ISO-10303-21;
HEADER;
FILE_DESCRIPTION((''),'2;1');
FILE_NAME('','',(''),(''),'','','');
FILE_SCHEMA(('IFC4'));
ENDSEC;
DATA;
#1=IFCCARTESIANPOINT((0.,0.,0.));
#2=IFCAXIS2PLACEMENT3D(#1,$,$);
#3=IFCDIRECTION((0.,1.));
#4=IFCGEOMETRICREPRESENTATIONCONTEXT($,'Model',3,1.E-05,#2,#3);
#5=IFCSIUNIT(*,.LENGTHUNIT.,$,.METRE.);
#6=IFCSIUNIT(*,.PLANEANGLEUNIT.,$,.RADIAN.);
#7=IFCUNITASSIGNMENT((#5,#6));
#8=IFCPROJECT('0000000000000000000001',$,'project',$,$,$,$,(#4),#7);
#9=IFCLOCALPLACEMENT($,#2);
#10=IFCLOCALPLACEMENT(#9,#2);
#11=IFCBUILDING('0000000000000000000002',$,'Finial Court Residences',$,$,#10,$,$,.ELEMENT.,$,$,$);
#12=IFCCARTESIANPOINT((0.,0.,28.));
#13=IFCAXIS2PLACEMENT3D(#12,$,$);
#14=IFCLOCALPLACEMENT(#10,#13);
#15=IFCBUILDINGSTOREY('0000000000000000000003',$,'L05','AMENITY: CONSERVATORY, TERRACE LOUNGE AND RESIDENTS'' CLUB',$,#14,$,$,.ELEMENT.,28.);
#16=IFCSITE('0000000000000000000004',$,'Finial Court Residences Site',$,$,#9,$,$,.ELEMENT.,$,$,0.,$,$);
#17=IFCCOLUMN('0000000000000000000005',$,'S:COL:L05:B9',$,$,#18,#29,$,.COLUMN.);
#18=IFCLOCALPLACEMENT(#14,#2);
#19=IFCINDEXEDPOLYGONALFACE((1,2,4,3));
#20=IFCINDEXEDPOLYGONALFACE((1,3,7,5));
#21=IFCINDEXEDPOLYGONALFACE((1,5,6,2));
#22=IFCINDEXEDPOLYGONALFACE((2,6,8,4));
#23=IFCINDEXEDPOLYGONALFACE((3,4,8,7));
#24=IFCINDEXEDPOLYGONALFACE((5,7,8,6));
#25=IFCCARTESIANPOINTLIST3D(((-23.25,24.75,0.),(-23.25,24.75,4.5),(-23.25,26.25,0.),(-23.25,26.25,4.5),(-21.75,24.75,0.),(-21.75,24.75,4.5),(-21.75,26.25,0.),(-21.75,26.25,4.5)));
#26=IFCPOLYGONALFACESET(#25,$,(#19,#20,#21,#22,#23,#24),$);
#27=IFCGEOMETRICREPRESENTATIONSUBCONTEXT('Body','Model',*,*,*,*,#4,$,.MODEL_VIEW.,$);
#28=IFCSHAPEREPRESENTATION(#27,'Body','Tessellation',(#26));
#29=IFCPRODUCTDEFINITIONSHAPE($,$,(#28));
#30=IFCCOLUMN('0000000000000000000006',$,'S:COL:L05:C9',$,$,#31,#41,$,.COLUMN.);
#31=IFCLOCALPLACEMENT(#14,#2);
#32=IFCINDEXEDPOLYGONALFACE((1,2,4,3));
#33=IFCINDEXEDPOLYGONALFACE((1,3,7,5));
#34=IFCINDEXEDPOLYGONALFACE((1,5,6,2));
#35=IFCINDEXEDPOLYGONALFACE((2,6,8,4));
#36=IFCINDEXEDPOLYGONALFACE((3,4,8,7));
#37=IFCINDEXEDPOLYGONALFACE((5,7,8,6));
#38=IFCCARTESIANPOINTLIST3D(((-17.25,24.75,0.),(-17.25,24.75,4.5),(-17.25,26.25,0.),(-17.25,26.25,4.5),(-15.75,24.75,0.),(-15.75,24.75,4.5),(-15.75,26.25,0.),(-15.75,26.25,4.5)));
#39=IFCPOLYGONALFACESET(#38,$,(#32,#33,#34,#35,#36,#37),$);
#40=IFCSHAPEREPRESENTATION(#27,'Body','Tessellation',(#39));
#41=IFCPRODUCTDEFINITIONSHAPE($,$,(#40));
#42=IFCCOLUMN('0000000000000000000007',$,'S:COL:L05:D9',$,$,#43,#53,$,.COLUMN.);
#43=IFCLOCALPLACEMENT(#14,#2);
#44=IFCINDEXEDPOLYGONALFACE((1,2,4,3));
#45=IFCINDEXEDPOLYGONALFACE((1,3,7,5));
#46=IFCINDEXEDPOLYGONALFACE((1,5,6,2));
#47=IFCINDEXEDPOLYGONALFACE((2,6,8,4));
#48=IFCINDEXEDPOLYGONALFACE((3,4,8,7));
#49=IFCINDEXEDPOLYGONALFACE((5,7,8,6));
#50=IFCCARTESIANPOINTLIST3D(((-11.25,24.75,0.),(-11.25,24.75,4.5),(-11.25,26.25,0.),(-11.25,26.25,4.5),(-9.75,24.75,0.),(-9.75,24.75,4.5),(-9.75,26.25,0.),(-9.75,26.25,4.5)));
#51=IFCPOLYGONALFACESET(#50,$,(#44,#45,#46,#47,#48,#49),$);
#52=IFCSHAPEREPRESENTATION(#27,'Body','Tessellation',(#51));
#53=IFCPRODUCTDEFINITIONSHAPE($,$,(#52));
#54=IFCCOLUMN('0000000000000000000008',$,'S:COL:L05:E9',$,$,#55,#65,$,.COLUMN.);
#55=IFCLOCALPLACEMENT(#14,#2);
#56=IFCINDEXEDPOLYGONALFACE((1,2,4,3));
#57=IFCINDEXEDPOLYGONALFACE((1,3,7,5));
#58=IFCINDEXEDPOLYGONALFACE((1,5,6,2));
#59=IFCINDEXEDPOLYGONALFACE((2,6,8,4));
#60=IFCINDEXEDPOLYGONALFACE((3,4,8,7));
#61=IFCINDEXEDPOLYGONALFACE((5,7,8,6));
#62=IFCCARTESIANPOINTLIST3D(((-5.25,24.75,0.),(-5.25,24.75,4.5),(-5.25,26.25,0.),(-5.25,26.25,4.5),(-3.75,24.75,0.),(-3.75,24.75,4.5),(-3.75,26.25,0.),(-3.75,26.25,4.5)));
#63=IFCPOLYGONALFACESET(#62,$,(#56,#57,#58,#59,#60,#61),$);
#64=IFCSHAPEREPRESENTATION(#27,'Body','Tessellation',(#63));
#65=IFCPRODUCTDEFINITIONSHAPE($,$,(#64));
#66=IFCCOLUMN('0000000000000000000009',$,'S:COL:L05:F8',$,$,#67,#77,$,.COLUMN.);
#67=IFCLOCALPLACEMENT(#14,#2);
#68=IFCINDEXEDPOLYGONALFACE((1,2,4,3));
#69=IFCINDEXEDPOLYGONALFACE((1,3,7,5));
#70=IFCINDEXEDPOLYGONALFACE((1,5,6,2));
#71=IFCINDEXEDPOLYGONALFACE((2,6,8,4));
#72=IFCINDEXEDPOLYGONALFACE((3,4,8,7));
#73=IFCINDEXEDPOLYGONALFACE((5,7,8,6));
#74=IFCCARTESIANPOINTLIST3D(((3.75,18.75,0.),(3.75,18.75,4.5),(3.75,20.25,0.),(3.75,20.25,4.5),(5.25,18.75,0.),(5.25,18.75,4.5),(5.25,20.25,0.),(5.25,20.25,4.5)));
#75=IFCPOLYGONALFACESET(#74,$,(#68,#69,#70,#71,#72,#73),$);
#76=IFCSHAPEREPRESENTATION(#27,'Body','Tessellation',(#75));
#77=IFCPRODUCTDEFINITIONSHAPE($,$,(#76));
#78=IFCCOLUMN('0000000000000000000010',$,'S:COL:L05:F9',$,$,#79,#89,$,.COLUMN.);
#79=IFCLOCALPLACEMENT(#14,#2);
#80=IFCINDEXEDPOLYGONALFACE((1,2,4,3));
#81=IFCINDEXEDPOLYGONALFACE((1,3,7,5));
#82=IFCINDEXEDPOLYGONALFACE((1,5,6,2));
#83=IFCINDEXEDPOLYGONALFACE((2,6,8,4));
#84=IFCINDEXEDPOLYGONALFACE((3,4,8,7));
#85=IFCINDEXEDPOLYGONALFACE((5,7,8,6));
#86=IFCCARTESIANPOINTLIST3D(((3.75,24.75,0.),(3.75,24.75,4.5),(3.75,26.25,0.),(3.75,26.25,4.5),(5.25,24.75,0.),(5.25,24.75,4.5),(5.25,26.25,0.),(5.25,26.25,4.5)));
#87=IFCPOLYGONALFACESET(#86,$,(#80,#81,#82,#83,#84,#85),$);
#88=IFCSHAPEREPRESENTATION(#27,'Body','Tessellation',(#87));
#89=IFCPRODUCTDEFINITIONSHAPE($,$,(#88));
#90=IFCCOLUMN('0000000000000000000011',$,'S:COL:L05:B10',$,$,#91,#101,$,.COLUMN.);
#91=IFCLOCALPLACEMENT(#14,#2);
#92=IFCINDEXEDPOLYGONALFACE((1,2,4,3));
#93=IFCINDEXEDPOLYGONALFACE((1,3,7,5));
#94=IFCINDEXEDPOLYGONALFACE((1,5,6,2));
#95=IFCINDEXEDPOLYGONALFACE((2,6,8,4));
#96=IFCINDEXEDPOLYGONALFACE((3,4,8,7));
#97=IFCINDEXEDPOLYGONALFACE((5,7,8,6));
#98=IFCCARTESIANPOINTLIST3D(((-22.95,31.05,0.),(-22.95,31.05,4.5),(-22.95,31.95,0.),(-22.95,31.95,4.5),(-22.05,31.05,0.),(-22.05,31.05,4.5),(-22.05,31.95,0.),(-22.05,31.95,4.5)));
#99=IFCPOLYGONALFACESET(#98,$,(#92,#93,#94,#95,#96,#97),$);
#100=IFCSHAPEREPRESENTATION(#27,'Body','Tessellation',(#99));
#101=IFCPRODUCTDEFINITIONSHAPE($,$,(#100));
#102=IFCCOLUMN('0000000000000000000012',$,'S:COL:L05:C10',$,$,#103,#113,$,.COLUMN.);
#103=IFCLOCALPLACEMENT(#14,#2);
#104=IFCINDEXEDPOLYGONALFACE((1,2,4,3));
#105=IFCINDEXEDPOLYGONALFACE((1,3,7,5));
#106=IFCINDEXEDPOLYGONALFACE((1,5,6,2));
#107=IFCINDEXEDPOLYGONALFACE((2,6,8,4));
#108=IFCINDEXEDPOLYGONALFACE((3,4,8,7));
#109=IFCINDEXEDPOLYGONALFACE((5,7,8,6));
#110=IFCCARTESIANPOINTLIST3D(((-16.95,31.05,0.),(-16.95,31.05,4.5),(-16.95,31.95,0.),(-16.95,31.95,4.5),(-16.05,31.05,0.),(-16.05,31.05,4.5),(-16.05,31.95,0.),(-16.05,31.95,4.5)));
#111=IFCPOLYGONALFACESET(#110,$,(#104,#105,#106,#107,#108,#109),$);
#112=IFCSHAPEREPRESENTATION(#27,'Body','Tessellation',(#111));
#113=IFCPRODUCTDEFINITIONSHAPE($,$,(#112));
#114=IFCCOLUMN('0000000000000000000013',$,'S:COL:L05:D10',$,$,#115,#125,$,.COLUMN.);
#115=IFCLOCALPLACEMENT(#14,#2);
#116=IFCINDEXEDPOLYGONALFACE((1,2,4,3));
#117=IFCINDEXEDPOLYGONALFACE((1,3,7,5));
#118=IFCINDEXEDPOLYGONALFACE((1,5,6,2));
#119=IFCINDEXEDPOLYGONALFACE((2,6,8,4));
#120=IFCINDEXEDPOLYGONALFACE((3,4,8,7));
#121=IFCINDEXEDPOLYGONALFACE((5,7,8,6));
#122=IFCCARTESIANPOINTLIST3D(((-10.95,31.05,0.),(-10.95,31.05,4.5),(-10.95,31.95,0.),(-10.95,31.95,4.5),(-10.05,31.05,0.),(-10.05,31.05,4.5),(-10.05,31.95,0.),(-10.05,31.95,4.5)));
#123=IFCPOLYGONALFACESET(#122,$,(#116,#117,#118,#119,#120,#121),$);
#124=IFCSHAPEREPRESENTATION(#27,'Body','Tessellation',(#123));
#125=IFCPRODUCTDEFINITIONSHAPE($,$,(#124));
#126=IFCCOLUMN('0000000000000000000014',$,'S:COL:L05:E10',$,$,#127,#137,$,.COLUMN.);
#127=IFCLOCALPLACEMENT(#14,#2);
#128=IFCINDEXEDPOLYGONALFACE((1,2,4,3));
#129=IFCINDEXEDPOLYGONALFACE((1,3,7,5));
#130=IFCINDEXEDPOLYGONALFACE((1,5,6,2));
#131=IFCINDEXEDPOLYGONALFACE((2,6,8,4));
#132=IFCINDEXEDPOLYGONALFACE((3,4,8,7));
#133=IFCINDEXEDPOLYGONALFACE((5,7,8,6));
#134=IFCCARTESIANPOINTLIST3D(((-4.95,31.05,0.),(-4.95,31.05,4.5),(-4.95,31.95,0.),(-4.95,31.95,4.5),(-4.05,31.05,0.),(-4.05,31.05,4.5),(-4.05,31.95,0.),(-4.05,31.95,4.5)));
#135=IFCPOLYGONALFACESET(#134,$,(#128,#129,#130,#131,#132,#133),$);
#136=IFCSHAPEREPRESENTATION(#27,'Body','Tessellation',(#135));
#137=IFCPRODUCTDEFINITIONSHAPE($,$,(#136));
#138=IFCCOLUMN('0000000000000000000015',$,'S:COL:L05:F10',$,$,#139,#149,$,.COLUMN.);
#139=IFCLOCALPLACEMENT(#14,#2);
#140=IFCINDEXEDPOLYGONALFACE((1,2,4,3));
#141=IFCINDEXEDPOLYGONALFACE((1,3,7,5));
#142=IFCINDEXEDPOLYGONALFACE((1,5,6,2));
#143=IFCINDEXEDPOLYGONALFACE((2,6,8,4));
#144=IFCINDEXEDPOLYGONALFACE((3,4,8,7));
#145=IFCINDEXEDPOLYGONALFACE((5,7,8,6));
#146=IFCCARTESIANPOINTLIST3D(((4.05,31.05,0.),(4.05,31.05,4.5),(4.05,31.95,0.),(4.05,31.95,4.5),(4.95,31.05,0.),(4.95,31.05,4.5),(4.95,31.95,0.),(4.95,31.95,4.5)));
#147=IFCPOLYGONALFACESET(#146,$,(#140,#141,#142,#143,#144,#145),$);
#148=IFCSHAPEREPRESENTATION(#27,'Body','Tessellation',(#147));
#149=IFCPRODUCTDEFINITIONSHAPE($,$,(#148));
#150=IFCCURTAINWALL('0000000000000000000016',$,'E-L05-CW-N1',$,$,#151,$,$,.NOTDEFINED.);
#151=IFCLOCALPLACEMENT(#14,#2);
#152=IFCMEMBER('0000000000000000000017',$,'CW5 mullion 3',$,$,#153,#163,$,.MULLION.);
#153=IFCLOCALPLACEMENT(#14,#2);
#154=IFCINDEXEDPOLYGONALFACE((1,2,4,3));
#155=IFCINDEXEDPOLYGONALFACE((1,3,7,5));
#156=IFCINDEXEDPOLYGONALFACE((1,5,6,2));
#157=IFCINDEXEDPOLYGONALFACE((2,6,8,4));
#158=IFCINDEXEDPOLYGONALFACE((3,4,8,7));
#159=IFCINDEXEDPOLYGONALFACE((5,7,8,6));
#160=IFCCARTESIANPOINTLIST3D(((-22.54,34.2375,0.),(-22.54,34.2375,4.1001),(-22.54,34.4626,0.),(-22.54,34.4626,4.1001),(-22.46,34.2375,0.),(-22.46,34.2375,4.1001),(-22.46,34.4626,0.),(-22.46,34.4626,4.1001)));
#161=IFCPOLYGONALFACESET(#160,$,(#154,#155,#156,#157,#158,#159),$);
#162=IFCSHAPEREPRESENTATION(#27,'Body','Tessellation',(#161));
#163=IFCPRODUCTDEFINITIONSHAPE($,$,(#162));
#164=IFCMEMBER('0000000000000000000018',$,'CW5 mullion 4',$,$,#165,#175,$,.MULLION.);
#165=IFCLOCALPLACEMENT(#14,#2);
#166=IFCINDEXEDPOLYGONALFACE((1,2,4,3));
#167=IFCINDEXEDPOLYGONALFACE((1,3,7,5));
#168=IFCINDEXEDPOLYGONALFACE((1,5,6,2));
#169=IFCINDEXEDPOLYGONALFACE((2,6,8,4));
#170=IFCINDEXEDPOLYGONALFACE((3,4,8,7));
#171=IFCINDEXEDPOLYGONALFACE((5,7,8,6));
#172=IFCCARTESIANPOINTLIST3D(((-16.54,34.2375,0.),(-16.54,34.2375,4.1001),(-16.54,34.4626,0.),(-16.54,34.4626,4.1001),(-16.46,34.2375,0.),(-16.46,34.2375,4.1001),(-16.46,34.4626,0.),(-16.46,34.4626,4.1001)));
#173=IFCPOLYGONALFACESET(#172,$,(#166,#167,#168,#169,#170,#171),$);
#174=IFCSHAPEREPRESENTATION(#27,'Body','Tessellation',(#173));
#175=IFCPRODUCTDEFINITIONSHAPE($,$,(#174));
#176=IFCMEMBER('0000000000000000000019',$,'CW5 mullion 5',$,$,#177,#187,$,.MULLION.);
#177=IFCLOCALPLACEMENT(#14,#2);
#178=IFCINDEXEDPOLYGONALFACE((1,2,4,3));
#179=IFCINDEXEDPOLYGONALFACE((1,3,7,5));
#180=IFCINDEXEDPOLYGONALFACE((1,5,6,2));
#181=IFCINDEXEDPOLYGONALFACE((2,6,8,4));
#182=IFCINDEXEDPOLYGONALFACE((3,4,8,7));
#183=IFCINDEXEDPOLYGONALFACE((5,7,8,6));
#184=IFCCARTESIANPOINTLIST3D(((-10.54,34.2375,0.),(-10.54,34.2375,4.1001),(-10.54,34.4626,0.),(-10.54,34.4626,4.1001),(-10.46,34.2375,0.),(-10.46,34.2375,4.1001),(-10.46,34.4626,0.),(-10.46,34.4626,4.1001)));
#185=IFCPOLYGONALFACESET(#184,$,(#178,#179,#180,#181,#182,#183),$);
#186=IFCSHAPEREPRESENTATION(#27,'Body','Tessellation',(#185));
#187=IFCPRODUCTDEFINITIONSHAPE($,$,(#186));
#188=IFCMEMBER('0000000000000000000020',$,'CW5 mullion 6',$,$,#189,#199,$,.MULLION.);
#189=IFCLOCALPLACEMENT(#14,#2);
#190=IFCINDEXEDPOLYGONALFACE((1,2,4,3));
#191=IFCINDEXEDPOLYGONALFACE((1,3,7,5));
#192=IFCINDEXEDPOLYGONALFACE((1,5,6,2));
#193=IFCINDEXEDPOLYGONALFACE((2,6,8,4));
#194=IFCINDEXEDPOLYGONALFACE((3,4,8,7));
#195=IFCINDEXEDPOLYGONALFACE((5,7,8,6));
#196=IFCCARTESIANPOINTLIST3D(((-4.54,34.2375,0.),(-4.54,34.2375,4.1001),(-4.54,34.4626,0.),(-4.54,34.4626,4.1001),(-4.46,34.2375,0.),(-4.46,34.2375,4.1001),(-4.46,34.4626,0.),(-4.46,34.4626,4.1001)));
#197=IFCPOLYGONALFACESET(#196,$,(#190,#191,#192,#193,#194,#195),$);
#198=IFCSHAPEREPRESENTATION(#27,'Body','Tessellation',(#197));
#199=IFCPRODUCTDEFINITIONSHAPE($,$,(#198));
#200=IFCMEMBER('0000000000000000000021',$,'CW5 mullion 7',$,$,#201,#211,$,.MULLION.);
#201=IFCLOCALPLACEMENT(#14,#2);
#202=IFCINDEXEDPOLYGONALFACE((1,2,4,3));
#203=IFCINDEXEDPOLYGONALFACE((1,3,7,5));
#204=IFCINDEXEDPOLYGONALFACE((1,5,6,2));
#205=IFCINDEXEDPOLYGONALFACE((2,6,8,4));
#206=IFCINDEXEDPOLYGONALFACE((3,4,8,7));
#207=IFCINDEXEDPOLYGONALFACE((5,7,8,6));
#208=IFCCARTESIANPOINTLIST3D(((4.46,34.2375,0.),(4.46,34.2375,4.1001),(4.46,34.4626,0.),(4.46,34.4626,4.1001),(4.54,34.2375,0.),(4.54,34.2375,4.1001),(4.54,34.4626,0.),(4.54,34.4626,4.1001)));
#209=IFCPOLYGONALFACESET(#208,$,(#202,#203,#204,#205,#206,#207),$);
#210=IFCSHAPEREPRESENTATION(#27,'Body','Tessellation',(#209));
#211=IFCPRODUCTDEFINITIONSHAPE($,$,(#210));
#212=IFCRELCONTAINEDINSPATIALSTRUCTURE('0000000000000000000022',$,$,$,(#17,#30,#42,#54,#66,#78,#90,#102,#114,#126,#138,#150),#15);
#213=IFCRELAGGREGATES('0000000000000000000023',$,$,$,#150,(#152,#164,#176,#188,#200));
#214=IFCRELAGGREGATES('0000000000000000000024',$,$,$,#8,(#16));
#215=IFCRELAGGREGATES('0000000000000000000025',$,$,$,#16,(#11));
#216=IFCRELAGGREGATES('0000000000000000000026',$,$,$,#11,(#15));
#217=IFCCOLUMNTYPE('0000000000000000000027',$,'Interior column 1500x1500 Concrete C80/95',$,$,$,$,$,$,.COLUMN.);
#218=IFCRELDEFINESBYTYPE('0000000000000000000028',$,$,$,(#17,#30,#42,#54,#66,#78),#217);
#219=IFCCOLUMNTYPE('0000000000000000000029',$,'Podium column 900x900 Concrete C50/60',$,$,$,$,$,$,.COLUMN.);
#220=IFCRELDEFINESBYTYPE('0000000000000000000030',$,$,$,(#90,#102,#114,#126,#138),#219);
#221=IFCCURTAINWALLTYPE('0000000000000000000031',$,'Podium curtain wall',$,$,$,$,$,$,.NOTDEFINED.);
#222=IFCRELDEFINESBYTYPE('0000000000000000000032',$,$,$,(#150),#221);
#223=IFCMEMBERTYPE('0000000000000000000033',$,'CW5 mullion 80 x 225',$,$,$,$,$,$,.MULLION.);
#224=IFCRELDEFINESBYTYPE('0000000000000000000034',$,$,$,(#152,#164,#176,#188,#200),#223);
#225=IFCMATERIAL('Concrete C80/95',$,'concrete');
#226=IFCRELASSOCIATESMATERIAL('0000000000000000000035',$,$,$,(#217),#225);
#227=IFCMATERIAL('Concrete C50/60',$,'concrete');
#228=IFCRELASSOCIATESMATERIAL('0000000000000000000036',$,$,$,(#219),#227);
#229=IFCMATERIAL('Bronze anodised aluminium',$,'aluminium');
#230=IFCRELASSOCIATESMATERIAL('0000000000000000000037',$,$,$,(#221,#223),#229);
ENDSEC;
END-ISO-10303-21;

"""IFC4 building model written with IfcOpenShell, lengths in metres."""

from ifc_helpers import new_model, si_unit, direction, frame, origin, origin_2d, place, context, subcontext, project, spatial, rectangle, extrude, material, material_profile, profile_set, type_object, element, aggregate, save


model = new_model("IFC4")

# Units and contexts
model_context = context("Model", 3, precision=1e-05, world=origin(), true_north=direction((0.0, 1.0)))
body_context = subcontext(model_context, "Body", "Model", "MODEL_VIEW")
ifc_project = project(units=[si_unit("LENGTHUNIT", "METRE"), si_unit("PLANEANGLEUNIT", "RADIAN")], contexts=[model_context])

# Site, building, storey
site_placement = place(None, origin())
site = spatial("IfcSite", under=ifc_project, at=site_placement, Name="Finial Court Residences Site", CompositionType="ELEMENT", RefElevation=0.0)
building_placement = place(site_placement, origin())
building = spatial("IfcBuilding", under=site, at=building_placement, Name="Finial Court Residences", CompositionType="ELEMENT")
storey_placement = place(building_placement, frame((0.0, 0.0, 28.0)))
storey = spatial("IfcBuildingStorey", under=building, at=storey_placement, Name="L05", Description="AMENITY: CONSERVATORY, TERRACE LOUNGE AND RESIDENTS' CLUB", CompositionType="ELEMENT", Elevation=28.0)

# Columns
ifc_material_1 = material(Name="Concrete C80/95", Category="concrete")
ifc_material_profile_1 = material_profile(ifc_material_1, rectangle(XDim=1.5, YDim=1.5, at=origin_2d()), Name="1500x1500")
ifc_profile_set_1 = profile_set([ifc_material_profile_1], Name="Concrete C80/95")
column_type_1 = type_object("IfcColumnType", Name="Interior column 1500x1500 Concrete C80/95", PredefinedType="COLUMN", material=ifc_profile_set_1)
for number, where, z_axis, x_axis, name in (
    (1, (-22.5, 25.5, 0.0), (0.0, 0.0, 1.0), (1.0, 0.0, 0.0), "S:COL:L05:B9"),
    (2, (-16.5, 25.5, 0.0), (0.0, 0.0, 1.0), (1.0, 0.0, 0.0), "S:COL:L05:C9"),
    (3, (-10.5, 25.5, 0.0), (0.0, 0.0, 1.0), (1.0, 0.0, 0.0), "S:COL:L05:D9"),
    (4, (-4.5, 25.5, 0.0), (0.0, 0.0, 1.0), (1.0, 0.0, 0.0), "S:COL:L05:E9"),
    (5, (4.5, 19.5, 0.0), (0.0, 0.0, 1.0), (1.0, 0.0, 0.0), "S:COL:L05:F8"),
    (6, (4.5, 25.5, 0.0), (0.0, 0.0, 1.0), (1.0, 0.0, 0.0), "S:COL:L05:F9"),
):
    element("IfcColumn", number, at=place(storey_placement, frame(where, z_axis=z_axis, x_axis=x_axis)), inside=storey, type_object=column_type_1, Name=name, PredefinedType="COLUMN", context=body_context, shape_type="SweptSolid", body=[
        extrude(rectangle(XDim=1.5, YDim=1.5, at=origin_2d()), origin(), (0.0, 0.0, 1.0), 4.5),
    ])
ifc_material_2 = material(Name="Concrete C50/60", Category="concrete")
ifc_material_profile_2 = material_profile(ifc_material_2, rectangle(XDim=0.8999, YDim=0.8999, at=origin_2d()), Name="900x900")
ifc_profile_set_2 = profile_set([ifc_material_profile_2], Name="Concrete C50/60")
column_type_2 = type_object("IfcColumnType", Name="Podium column 900x900 Concrete C50/60", PredefinedType="COLUMN", material=ifc_profile_set_2)
for number, where, z_axis, x_axis, name in (
    (7, (-22.5, 31.5, 0.0), (0.0, 0.0, 1.0), (1.0, 0.0, 0.0), "S:COL:L05:B10"),
    (8, (-16.5, 31.5, 0.0), (0.0, 0.0, 1.0), (1.0, 0.0, 0.0), "S:COL:L05:C10"),
    (9, (-10.5, 31.5, 0.0), (0.0, 0.0, 1.0), (1.0, 0.0, 0.0), "S:COL:L05:D10"),
    (10, (-4.5, 31.5, 0.0), (0.0, 0.0, 1.0), (1.0, 0.0, 0.0), "S:COL:L05:E10"),
    (11, (4.5, 31.5, 0.0), (0.0, 0.0, 1.0), (1.0, 0.0, 0.0), "S:COL:L05:F10"),
):
    element("IfcColumn", number, at=place(storey_placement, frame(where, z_axis=z_axis, x_axis=x_axis)), inside=storey, type_object=column_type_2, Name=name, PredefinedType="COLUMN", context=body_context, shape_type="SweptSolid", body=[
        extrude(rectangle(XDim=0.8999, YDim=0.8999, at=origin_2d()), origin(), (0.0, 0.0, 1.0), 4.5),
    ])

# Curtain wall, members
ifc_material_3 = material(Name="Bronze anodised aluminium", Category="aluminium")
curtain_wall_type = type_object("IfcCurtainWallType", Name="Podium curtain wall", PredefinedType="NOTDEFINED", material=ifc_material_3)
curtain_wall_placement = place(storey_placement, origin())
curtain_wall = element("IfcCurtainWall", 12, at=curtain_wall_placement, inside=storey, type_object=curtain_wall_type, Name="E-L05-CW-N1", PredefinedType="NOTDEFINED")
ifc_material_profile_3 = material_profile(ifc_material_3, rectangle(XDim=0.2251, YDim=0.0801, at=origin_2d()), Name="CW5 mullion 80 x 225")
ifc_profile_set_3 = profile_set([ifc_material_profile_3], Name="Bronze anodised aluminium")
member_type_1 = type_object("IfcMemberType", Name="CW5 mullion 80 x 225", PredefinedType="MULLION", material=ifc_profile_set_3)
member_1_placement = place(storey_placement, frame((-22.5, 34.3501, 0.0), z_axis=(0.0, 0.0, 1.0), x_axis=(0.0, 1.0, 0.0)))
member_1 = element("IfcMember", 13, at=member_1_placement, type_object=member_type_1, Name="CW5 mullion 3", PredefinedType="MULLION", context=body_context, shape_type="SweptSolid", body=[
    extrude(rectangle(XDim=0.2251, YDim=0.0801, at=origin_2d()), origin(), (0.0, 0.0, 1.0), 4.1001),
])
member_2_placement = place(storey_placement, frame((-16.5, 34.3501, 0.0), z_axis=(0.0, 0.0, 1.0), x_axis=(0.0, 1.0, 0.0)))
member_2 = element("IfcMember", 14, at=member_2_placement, type_object=member_type_1, Name="CW5 mullion 4", PredefinedType="MULLION", context=body_context, shape_type="SweptSolid", body=[
    extrude(rectangle(XDim=0.2251, YDim=0.0801, at=origin_2d()), origin(), (0.0, 0.0, 1.0), 4.1001),
])
member_3_placement = place(storey_placement, frame((-10.5, 34.3501, 0.0), z_axis=(0.0, 0.0, 1.0), x_axis=(0.0, 1.0, 0.0)))
member_3 = element("IfcMember", 15, at=member_3_placement, type_object=member_type_1, Name="CW5 mullion 5", PredefinedType="MULLION", context=body_context, shape_type="SweptSolid", body=[
    extrude(rectangle(XDim=0.2251, YDim=0.0801, at=origin_2d()), origin(), (0.0, 0.0, 1.0), 4.1001),
])
member_4_placement = place(storey_placement, frame((-4.5, 34.3501, 0.0), z_axis=(0.0, 0.0, 1.0), x_axis=(0.0, 1.0, 0.0)))
member_4 = element("IfcMember", 16, at=member_4_placement, type_object=member_type_1, Name="CW5 mullion 6", PredefinedType="MULLION", context=body_context, shape_type="SweptSolid", body=[
    extrude(rectangle(XDim=0.2251, YDim=0.0801, at=origin_2d()), origin(), (0.0, 0.0, 1.0), 4.1001),
])
member_5_placement = place(storey_placement, frame((4.5, 34.3501, 0.0), z_axis=(0.0, 0.0, 1.0), x_axis=(0.0, 1.0, 0.0)))
member_5 = element("IfcMember", 17, at=member_5_placement, type_object=member_type_1, Name="CW5 mullion 7", PredefinedType="MULLION", context=body_context, shape_type="SweptSolid", body=[
    extrude(rectangle(XDim=0.2251, YDim=0.0801, at=origin_2d()), origin(), (0.0, 0.0, 1.0), 4.1001),
])
aggregate(curtain_wall, [member_1, member_2, member_3, member_4, member_5])

save(model, "model.ifc")
